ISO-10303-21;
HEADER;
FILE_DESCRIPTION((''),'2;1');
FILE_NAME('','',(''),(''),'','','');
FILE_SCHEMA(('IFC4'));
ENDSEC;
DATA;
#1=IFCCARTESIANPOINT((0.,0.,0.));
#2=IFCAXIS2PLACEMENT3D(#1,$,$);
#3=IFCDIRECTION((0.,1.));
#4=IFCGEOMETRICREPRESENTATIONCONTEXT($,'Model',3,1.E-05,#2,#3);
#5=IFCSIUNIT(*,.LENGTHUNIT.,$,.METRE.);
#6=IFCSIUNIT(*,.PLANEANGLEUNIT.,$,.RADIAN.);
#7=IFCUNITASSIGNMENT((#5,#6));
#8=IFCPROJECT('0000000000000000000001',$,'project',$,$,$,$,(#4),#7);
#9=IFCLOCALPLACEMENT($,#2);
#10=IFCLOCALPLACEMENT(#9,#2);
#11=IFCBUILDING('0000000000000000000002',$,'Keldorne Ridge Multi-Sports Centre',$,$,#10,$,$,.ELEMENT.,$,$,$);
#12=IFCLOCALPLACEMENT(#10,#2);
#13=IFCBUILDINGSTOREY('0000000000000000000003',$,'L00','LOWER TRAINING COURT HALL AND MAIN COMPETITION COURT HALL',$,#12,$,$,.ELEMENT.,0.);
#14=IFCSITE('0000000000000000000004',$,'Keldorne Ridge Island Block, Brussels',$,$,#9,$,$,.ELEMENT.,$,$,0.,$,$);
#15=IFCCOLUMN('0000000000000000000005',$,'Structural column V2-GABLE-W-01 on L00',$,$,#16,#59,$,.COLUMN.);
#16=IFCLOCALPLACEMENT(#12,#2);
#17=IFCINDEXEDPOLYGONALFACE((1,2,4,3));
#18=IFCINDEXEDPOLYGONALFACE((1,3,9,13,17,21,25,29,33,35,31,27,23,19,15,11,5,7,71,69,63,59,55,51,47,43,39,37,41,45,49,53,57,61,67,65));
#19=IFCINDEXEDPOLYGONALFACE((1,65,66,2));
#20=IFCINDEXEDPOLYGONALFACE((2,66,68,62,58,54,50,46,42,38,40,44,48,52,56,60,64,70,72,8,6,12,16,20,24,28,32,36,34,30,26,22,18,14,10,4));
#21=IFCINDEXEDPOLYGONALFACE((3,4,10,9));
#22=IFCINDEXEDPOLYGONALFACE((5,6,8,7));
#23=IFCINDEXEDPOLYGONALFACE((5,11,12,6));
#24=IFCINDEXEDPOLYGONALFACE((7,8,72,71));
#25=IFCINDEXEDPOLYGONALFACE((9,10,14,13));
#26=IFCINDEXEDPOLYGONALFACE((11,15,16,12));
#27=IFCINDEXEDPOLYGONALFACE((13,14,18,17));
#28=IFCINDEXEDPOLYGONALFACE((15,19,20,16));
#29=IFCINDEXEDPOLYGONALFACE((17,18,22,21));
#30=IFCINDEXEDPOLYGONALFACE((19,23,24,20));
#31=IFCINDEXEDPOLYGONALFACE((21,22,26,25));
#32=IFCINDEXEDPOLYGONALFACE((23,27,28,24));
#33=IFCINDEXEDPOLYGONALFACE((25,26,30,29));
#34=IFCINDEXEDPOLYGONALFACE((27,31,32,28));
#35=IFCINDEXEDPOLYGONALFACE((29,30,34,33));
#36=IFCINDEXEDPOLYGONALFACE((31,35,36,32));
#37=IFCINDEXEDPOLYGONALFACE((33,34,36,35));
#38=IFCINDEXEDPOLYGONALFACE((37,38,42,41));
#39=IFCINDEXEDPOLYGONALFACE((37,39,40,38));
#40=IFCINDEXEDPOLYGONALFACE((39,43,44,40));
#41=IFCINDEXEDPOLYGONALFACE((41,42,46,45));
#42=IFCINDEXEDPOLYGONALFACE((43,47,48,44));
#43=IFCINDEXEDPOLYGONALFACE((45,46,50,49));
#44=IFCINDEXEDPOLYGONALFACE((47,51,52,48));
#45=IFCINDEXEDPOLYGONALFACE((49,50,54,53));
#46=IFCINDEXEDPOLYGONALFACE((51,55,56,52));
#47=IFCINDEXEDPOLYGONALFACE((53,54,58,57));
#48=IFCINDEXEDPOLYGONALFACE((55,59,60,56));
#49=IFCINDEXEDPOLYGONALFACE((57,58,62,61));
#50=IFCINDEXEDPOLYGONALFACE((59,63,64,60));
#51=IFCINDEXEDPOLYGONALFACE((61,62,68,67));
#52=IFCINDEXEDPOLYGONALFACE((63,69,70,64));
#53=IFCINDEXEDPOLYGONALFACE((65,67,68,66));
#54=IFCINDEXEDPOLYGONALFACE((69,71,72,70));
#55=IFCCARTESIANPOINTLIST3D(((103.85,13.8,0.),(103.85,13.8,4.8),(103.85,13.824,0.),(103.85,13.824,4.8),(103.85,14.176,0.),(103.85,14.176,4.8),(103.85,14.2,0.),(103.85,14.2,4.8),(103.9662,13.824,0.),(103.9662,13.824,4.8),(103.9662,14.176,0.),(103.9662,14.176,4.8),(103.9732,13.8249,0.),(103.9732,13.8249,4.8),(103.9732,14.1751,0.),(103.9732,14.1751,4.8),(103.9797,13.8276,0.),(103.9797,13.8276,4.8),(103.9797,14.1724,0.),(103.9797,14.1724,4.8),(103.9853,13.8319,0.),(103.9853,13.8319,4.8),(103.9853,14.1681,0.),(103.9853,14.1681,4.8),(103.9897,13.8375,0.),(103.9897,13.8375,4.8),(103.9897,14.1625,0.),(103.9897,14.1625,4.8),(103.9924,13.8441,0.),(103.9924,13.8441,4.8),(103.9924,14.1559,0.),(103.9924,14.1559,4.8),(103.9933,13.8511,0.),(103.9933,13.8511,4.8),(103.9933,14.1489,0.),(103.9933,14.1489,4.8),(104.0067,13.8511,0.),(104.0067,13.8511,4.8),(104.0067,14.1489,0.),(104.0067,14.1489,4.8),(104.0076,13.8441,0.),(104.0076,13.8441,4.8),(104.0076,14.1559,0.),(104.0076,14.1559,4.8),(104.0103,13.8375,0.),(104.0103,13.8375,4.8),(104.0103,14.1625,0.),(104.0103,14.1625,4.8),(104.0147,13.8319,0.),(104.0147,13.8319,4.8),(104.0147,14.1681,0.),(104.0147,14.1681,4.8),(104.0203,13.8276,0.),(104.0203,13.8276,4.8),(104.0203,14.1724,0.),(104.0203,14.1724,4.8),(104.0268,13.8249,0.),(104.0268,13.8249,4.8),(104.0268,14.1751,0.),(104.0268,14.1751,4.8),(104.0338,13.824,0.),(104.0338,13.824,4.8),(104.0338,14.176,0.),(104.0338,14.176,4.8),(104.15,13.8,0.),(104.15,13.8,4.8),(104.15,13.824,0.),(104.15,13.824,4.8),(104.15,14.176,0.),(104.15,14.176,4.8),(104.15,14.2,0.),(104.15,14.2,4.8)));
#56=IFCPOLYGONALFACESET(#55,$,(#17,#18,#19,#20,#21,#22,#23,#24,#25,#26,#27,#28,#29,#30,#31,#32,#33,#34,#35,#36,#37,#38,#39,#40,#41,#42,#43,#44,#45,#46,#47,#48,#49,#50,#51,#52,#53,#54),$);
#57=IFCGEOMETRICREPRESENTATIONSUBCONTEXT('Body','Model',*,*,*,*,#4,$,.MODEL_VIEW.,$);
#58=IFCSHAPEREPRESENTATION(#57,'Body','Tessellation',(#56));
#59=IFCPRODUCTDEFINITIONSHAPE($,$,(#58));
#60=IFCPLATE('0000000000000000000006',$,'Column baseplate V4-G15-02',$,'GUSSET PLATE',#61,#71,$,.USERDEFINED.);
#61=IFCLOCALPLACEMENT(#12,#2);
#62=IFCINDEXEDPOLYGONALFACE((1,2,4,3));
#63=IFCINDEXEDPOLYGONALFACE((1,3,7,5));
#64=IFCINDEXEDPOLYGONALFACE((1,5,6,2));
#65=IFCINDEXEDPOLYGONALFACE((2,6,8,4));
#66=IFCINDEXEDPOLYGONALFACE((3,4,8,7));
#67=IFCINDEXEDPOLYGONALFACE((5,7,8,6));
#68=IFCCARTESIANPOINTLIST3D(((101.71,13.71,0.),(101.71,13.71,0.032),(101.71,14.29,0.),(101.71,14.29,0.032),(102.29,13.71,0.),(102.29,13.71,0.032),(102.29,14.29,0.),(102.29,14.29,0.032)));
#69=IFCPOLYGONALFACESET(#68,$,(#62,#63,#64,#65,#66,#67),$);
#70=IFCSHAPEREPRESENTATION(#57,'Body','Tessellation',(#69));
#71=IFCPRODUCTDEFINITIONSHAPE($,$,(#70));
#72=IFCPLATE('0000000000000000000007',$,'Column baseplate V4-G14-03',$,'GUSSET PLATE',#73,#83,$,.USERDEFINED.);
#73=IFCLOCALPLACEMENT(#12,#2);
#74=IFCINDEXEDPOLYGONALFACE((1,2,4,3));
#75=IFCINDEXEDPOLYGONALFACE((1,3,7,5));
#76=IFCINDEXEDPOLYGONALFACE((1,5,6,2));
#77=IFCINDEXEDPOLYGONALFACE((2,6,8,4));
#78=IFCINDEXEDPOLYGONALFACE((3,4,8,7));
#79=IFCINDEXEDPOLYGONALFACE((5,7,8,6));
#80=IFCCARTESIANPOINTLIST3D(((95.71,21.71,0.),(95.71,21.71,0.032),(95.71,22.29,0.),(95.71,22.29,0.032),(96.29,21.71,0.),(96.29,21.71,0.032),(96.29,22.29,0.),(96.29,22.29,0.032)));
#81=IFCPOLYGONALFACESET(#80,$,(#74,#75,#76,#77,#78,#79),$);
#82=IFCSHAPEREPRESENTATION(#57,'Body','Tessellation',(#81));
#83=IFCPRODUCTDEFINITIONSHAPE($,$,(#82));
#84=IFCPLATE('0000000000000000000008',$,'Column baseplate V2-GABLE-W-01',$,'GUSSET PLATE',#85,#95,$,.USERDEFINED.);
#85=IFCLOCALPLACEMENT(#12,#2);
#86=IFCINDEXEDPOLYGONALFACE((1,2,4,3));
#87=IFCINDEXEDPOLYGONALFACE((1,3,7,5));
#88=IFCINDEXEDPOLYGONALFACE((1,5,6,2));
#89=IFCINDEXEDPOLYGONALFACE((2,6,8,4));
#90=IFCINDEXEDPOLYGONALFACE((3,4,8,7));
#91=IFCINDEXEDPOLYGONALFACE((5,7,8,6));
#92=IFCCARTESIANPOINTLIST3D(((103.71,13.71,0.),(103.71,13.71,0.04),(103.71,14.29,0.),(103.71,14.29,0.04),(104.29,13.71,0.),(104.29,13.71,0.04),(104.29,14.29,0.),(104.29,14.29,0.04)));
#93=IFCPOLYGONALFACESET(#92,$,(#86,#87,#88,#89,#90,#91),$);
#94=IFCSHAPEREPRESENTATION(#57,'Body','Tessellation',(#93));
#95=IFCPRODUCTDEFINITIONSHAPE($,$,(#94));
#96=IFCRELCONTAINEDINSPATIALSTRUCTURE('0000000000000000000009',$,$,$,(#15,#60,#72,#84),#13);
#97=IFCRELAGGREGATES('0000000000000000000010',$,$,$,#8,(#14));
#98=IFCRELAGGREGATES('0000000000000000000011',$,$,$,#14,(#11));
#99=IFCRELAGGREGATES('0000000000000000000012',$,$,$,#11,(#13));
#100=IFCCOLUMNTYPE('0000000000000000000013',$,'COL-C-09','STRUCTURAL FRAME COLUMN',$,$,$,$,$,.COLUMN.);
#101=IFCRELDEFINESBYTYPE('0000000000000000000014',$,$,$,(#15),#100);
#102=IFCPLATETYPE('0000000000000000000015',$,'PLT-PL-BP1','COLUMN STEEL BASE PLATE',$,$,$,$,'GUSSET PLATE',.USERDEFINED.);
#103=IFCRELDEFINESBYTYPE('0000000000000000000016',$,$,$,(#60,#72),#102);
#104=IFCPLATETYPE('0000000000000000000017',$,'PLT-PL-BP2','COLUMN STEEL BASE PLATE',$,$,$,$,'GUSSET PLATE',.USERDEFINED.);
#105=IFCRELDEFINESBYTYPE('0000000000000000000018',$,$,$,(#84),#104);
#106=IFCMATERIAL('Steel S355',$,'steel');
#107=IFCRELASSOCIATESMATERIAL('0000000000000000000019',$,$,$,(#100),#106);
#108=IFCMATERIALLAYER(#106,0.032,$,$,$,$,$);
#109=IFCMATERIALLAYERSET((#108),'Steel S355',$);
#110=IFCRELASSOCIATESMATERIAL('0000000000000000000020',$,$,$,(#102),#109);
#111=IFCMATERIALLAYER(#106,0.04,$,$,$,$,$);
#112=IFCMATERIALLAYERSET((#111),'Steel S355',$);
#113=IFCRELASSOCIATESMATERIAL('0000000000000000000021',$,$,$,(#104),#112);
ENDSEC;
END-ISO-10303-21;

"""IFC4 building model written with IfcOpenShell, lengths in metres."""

from ifc_helpers import new_model, si_unit, direction, frame, origin, origin_2d, place, context, subcontext, project, spatial, rectangle, i_section, extrude, material, layer, layer_set, material_profile, profile_set, type_object, element, save


model = new_model("IFC4")

# Units and contexts
model_context = context("Model", 3, precision=1e-05, world=origin(), true_north=direction((0.0, 1.0)))
body_context = subcontext(model_context, "Body", "Model", "MODEL_VIEW")
ifc_project = project(units=[si_unit("LENGTHUNIT", "METRE"), si_unit("PLANEANGLEUNIT", "RADIAN")], contexts=[model_context])

# Site, building, storey
site_placement = place(None, origin())
site = spatial("IfcSite", under=ifc_project, at=site_placement, Name="Keldorne Ridge Island Block, Brussels", CompositionType="ELEMENT", RefElevation=0.0)
building_placement = place(site_placement, origin())
building = spatial("IfcBuilding", under=site, at=building_placement, Name="Keldorne Ridge Multi-Sports Centre", CompositionType="ELEMENT")
storey_placement = place(building_placement, origin())
storey = spatial("IfcBuildingStorey", under=building, at=storey_placement, Name="L00", Description="LOWER TRAINING COURT HALL AND MAIN COMPETITION COURT HALL", CompositionType="ELEMENT", Elevation=0.0)

# Column
ifc_material_1 = material(Name="Steel S355", Category="steel")
ifc_material_profile_1 = material_profile(ifc_material_1, i_section(OverallWidth=0.3, OverallDepth=0.3999, WebThickness=0.0134, FlangeThickness=0.0239, FilletRadius=0.0271, at=origin_2d()), Name="HEB 400")
ifc_profile_set_1 = profile_set([ifc_material_profile_1], Name="Steel S355")
column_type_1 = type_object("IfcColumnType", Name="COL-C-09", Description="STRUCTURAL FRAME COLUMN", PredefinedType="COLUMN", material=ifc_profile_set_1)
column_placement = place(storey_placement, frame((104.0, 14.0, 0.0), z_axis=(0.0, 0.0, 1.0), x_axis=(1.0, 0.0, 0.0)))
element("IfcColumn", 1, at=column_placement, inside=storey, type_object=column_type_1, Name="Structural column V2-GABLE-W-01 on L00", PredefinedType="COLUMN", context=body_context, shape_type="SweptSolid", body=[
    extrude(i_section(OverallWidth=0.3, OverallDepth=0.3999, WebThickness=0.0134, FlangeThickness=0.0239, FilletRadius=0.0271, at=origin_2d()), origin(), (0.0, 0.0, 1.0), 4.8),
])

# Plates
ifc_layer_1 = layer(ifc_material_1, 0.032)
ifc_layer_set_1 = layer_set([ifc_layer_1], Name="Steel S355")
plate_type_1 = type_object("IfcPlateType", Name="PLT-PL-BP1", Description="COLUMN STEEL BASE PLATE", ElementType="GUSSET PLATE", PredefinedType="USERDEFINED", material=ifc_layer_set_1)
for number, where, z_axis, x_axis, name in (
    (2, (102.0, 14.0, 0.0), (0.0, 0.0, 1.0), (1.0, 0.0, 0.0), "Column baseplate V4-G15-02"),
    (3, (96.0, 22.0, 0.0), (0.0, 0.0, 1.0), (1.0, 0.0, 0.0), "Column baseplate V4-G14-03"),
):
    element("IfcPlate", number, at=place(storey_placement, frame(where, z_axis=z_axis, x_axis=x_axis)), inside=storey, type_object=plate_type_1, Name=name, ObjectType="GUSSET PLATE", PredefinedType="USERDEFINED", context=body_context, shape_type="SweptSolid", body=[
        extrude(rectangle(XDim=0.5801, YDim=0.5801, at=origin_2d()), origin(), (0.0, 0.0, 1.0), 0.032),
    ])
ifc_layer_2 = layer(ifc_material_1, 0.04)
ifc_layer_set_2 = layer_set([ifc_layer_2], Name="Steel S355")
plate_type_2 = type_object("IfcPlateType", Name="PLT-PL-BP2", Description="COLUMN STEEL BASE PLATE", ElementType="GUSSET PLATE", PredefinedType="USERDEFINED", material=ifc_layer_set_2)
plate_placement = place(storey_placement, frame((104.0, 14.0, 0.0), z_axis=(0.0, 0.0, 1.0), x_axis=(1.0, 0.0, 0.0)))
element("IfcPlate", 4, at=plate_placement, inside=storey, type_object=plate_type_2, Name="Column baseplate V2-GABLE-W-01", ObjectType="GUSSET PLATE", PredefinedType="USERDEFINED", context=body_context, shape_type="SweptSolid", body=[
    extrude(rectangle(XDim=0.5801, YDim=0.5801, at=origin_2d()), origin(), (0.0, 0.0, 1.0), 0.04),
])

save(model, "model.ifc")
